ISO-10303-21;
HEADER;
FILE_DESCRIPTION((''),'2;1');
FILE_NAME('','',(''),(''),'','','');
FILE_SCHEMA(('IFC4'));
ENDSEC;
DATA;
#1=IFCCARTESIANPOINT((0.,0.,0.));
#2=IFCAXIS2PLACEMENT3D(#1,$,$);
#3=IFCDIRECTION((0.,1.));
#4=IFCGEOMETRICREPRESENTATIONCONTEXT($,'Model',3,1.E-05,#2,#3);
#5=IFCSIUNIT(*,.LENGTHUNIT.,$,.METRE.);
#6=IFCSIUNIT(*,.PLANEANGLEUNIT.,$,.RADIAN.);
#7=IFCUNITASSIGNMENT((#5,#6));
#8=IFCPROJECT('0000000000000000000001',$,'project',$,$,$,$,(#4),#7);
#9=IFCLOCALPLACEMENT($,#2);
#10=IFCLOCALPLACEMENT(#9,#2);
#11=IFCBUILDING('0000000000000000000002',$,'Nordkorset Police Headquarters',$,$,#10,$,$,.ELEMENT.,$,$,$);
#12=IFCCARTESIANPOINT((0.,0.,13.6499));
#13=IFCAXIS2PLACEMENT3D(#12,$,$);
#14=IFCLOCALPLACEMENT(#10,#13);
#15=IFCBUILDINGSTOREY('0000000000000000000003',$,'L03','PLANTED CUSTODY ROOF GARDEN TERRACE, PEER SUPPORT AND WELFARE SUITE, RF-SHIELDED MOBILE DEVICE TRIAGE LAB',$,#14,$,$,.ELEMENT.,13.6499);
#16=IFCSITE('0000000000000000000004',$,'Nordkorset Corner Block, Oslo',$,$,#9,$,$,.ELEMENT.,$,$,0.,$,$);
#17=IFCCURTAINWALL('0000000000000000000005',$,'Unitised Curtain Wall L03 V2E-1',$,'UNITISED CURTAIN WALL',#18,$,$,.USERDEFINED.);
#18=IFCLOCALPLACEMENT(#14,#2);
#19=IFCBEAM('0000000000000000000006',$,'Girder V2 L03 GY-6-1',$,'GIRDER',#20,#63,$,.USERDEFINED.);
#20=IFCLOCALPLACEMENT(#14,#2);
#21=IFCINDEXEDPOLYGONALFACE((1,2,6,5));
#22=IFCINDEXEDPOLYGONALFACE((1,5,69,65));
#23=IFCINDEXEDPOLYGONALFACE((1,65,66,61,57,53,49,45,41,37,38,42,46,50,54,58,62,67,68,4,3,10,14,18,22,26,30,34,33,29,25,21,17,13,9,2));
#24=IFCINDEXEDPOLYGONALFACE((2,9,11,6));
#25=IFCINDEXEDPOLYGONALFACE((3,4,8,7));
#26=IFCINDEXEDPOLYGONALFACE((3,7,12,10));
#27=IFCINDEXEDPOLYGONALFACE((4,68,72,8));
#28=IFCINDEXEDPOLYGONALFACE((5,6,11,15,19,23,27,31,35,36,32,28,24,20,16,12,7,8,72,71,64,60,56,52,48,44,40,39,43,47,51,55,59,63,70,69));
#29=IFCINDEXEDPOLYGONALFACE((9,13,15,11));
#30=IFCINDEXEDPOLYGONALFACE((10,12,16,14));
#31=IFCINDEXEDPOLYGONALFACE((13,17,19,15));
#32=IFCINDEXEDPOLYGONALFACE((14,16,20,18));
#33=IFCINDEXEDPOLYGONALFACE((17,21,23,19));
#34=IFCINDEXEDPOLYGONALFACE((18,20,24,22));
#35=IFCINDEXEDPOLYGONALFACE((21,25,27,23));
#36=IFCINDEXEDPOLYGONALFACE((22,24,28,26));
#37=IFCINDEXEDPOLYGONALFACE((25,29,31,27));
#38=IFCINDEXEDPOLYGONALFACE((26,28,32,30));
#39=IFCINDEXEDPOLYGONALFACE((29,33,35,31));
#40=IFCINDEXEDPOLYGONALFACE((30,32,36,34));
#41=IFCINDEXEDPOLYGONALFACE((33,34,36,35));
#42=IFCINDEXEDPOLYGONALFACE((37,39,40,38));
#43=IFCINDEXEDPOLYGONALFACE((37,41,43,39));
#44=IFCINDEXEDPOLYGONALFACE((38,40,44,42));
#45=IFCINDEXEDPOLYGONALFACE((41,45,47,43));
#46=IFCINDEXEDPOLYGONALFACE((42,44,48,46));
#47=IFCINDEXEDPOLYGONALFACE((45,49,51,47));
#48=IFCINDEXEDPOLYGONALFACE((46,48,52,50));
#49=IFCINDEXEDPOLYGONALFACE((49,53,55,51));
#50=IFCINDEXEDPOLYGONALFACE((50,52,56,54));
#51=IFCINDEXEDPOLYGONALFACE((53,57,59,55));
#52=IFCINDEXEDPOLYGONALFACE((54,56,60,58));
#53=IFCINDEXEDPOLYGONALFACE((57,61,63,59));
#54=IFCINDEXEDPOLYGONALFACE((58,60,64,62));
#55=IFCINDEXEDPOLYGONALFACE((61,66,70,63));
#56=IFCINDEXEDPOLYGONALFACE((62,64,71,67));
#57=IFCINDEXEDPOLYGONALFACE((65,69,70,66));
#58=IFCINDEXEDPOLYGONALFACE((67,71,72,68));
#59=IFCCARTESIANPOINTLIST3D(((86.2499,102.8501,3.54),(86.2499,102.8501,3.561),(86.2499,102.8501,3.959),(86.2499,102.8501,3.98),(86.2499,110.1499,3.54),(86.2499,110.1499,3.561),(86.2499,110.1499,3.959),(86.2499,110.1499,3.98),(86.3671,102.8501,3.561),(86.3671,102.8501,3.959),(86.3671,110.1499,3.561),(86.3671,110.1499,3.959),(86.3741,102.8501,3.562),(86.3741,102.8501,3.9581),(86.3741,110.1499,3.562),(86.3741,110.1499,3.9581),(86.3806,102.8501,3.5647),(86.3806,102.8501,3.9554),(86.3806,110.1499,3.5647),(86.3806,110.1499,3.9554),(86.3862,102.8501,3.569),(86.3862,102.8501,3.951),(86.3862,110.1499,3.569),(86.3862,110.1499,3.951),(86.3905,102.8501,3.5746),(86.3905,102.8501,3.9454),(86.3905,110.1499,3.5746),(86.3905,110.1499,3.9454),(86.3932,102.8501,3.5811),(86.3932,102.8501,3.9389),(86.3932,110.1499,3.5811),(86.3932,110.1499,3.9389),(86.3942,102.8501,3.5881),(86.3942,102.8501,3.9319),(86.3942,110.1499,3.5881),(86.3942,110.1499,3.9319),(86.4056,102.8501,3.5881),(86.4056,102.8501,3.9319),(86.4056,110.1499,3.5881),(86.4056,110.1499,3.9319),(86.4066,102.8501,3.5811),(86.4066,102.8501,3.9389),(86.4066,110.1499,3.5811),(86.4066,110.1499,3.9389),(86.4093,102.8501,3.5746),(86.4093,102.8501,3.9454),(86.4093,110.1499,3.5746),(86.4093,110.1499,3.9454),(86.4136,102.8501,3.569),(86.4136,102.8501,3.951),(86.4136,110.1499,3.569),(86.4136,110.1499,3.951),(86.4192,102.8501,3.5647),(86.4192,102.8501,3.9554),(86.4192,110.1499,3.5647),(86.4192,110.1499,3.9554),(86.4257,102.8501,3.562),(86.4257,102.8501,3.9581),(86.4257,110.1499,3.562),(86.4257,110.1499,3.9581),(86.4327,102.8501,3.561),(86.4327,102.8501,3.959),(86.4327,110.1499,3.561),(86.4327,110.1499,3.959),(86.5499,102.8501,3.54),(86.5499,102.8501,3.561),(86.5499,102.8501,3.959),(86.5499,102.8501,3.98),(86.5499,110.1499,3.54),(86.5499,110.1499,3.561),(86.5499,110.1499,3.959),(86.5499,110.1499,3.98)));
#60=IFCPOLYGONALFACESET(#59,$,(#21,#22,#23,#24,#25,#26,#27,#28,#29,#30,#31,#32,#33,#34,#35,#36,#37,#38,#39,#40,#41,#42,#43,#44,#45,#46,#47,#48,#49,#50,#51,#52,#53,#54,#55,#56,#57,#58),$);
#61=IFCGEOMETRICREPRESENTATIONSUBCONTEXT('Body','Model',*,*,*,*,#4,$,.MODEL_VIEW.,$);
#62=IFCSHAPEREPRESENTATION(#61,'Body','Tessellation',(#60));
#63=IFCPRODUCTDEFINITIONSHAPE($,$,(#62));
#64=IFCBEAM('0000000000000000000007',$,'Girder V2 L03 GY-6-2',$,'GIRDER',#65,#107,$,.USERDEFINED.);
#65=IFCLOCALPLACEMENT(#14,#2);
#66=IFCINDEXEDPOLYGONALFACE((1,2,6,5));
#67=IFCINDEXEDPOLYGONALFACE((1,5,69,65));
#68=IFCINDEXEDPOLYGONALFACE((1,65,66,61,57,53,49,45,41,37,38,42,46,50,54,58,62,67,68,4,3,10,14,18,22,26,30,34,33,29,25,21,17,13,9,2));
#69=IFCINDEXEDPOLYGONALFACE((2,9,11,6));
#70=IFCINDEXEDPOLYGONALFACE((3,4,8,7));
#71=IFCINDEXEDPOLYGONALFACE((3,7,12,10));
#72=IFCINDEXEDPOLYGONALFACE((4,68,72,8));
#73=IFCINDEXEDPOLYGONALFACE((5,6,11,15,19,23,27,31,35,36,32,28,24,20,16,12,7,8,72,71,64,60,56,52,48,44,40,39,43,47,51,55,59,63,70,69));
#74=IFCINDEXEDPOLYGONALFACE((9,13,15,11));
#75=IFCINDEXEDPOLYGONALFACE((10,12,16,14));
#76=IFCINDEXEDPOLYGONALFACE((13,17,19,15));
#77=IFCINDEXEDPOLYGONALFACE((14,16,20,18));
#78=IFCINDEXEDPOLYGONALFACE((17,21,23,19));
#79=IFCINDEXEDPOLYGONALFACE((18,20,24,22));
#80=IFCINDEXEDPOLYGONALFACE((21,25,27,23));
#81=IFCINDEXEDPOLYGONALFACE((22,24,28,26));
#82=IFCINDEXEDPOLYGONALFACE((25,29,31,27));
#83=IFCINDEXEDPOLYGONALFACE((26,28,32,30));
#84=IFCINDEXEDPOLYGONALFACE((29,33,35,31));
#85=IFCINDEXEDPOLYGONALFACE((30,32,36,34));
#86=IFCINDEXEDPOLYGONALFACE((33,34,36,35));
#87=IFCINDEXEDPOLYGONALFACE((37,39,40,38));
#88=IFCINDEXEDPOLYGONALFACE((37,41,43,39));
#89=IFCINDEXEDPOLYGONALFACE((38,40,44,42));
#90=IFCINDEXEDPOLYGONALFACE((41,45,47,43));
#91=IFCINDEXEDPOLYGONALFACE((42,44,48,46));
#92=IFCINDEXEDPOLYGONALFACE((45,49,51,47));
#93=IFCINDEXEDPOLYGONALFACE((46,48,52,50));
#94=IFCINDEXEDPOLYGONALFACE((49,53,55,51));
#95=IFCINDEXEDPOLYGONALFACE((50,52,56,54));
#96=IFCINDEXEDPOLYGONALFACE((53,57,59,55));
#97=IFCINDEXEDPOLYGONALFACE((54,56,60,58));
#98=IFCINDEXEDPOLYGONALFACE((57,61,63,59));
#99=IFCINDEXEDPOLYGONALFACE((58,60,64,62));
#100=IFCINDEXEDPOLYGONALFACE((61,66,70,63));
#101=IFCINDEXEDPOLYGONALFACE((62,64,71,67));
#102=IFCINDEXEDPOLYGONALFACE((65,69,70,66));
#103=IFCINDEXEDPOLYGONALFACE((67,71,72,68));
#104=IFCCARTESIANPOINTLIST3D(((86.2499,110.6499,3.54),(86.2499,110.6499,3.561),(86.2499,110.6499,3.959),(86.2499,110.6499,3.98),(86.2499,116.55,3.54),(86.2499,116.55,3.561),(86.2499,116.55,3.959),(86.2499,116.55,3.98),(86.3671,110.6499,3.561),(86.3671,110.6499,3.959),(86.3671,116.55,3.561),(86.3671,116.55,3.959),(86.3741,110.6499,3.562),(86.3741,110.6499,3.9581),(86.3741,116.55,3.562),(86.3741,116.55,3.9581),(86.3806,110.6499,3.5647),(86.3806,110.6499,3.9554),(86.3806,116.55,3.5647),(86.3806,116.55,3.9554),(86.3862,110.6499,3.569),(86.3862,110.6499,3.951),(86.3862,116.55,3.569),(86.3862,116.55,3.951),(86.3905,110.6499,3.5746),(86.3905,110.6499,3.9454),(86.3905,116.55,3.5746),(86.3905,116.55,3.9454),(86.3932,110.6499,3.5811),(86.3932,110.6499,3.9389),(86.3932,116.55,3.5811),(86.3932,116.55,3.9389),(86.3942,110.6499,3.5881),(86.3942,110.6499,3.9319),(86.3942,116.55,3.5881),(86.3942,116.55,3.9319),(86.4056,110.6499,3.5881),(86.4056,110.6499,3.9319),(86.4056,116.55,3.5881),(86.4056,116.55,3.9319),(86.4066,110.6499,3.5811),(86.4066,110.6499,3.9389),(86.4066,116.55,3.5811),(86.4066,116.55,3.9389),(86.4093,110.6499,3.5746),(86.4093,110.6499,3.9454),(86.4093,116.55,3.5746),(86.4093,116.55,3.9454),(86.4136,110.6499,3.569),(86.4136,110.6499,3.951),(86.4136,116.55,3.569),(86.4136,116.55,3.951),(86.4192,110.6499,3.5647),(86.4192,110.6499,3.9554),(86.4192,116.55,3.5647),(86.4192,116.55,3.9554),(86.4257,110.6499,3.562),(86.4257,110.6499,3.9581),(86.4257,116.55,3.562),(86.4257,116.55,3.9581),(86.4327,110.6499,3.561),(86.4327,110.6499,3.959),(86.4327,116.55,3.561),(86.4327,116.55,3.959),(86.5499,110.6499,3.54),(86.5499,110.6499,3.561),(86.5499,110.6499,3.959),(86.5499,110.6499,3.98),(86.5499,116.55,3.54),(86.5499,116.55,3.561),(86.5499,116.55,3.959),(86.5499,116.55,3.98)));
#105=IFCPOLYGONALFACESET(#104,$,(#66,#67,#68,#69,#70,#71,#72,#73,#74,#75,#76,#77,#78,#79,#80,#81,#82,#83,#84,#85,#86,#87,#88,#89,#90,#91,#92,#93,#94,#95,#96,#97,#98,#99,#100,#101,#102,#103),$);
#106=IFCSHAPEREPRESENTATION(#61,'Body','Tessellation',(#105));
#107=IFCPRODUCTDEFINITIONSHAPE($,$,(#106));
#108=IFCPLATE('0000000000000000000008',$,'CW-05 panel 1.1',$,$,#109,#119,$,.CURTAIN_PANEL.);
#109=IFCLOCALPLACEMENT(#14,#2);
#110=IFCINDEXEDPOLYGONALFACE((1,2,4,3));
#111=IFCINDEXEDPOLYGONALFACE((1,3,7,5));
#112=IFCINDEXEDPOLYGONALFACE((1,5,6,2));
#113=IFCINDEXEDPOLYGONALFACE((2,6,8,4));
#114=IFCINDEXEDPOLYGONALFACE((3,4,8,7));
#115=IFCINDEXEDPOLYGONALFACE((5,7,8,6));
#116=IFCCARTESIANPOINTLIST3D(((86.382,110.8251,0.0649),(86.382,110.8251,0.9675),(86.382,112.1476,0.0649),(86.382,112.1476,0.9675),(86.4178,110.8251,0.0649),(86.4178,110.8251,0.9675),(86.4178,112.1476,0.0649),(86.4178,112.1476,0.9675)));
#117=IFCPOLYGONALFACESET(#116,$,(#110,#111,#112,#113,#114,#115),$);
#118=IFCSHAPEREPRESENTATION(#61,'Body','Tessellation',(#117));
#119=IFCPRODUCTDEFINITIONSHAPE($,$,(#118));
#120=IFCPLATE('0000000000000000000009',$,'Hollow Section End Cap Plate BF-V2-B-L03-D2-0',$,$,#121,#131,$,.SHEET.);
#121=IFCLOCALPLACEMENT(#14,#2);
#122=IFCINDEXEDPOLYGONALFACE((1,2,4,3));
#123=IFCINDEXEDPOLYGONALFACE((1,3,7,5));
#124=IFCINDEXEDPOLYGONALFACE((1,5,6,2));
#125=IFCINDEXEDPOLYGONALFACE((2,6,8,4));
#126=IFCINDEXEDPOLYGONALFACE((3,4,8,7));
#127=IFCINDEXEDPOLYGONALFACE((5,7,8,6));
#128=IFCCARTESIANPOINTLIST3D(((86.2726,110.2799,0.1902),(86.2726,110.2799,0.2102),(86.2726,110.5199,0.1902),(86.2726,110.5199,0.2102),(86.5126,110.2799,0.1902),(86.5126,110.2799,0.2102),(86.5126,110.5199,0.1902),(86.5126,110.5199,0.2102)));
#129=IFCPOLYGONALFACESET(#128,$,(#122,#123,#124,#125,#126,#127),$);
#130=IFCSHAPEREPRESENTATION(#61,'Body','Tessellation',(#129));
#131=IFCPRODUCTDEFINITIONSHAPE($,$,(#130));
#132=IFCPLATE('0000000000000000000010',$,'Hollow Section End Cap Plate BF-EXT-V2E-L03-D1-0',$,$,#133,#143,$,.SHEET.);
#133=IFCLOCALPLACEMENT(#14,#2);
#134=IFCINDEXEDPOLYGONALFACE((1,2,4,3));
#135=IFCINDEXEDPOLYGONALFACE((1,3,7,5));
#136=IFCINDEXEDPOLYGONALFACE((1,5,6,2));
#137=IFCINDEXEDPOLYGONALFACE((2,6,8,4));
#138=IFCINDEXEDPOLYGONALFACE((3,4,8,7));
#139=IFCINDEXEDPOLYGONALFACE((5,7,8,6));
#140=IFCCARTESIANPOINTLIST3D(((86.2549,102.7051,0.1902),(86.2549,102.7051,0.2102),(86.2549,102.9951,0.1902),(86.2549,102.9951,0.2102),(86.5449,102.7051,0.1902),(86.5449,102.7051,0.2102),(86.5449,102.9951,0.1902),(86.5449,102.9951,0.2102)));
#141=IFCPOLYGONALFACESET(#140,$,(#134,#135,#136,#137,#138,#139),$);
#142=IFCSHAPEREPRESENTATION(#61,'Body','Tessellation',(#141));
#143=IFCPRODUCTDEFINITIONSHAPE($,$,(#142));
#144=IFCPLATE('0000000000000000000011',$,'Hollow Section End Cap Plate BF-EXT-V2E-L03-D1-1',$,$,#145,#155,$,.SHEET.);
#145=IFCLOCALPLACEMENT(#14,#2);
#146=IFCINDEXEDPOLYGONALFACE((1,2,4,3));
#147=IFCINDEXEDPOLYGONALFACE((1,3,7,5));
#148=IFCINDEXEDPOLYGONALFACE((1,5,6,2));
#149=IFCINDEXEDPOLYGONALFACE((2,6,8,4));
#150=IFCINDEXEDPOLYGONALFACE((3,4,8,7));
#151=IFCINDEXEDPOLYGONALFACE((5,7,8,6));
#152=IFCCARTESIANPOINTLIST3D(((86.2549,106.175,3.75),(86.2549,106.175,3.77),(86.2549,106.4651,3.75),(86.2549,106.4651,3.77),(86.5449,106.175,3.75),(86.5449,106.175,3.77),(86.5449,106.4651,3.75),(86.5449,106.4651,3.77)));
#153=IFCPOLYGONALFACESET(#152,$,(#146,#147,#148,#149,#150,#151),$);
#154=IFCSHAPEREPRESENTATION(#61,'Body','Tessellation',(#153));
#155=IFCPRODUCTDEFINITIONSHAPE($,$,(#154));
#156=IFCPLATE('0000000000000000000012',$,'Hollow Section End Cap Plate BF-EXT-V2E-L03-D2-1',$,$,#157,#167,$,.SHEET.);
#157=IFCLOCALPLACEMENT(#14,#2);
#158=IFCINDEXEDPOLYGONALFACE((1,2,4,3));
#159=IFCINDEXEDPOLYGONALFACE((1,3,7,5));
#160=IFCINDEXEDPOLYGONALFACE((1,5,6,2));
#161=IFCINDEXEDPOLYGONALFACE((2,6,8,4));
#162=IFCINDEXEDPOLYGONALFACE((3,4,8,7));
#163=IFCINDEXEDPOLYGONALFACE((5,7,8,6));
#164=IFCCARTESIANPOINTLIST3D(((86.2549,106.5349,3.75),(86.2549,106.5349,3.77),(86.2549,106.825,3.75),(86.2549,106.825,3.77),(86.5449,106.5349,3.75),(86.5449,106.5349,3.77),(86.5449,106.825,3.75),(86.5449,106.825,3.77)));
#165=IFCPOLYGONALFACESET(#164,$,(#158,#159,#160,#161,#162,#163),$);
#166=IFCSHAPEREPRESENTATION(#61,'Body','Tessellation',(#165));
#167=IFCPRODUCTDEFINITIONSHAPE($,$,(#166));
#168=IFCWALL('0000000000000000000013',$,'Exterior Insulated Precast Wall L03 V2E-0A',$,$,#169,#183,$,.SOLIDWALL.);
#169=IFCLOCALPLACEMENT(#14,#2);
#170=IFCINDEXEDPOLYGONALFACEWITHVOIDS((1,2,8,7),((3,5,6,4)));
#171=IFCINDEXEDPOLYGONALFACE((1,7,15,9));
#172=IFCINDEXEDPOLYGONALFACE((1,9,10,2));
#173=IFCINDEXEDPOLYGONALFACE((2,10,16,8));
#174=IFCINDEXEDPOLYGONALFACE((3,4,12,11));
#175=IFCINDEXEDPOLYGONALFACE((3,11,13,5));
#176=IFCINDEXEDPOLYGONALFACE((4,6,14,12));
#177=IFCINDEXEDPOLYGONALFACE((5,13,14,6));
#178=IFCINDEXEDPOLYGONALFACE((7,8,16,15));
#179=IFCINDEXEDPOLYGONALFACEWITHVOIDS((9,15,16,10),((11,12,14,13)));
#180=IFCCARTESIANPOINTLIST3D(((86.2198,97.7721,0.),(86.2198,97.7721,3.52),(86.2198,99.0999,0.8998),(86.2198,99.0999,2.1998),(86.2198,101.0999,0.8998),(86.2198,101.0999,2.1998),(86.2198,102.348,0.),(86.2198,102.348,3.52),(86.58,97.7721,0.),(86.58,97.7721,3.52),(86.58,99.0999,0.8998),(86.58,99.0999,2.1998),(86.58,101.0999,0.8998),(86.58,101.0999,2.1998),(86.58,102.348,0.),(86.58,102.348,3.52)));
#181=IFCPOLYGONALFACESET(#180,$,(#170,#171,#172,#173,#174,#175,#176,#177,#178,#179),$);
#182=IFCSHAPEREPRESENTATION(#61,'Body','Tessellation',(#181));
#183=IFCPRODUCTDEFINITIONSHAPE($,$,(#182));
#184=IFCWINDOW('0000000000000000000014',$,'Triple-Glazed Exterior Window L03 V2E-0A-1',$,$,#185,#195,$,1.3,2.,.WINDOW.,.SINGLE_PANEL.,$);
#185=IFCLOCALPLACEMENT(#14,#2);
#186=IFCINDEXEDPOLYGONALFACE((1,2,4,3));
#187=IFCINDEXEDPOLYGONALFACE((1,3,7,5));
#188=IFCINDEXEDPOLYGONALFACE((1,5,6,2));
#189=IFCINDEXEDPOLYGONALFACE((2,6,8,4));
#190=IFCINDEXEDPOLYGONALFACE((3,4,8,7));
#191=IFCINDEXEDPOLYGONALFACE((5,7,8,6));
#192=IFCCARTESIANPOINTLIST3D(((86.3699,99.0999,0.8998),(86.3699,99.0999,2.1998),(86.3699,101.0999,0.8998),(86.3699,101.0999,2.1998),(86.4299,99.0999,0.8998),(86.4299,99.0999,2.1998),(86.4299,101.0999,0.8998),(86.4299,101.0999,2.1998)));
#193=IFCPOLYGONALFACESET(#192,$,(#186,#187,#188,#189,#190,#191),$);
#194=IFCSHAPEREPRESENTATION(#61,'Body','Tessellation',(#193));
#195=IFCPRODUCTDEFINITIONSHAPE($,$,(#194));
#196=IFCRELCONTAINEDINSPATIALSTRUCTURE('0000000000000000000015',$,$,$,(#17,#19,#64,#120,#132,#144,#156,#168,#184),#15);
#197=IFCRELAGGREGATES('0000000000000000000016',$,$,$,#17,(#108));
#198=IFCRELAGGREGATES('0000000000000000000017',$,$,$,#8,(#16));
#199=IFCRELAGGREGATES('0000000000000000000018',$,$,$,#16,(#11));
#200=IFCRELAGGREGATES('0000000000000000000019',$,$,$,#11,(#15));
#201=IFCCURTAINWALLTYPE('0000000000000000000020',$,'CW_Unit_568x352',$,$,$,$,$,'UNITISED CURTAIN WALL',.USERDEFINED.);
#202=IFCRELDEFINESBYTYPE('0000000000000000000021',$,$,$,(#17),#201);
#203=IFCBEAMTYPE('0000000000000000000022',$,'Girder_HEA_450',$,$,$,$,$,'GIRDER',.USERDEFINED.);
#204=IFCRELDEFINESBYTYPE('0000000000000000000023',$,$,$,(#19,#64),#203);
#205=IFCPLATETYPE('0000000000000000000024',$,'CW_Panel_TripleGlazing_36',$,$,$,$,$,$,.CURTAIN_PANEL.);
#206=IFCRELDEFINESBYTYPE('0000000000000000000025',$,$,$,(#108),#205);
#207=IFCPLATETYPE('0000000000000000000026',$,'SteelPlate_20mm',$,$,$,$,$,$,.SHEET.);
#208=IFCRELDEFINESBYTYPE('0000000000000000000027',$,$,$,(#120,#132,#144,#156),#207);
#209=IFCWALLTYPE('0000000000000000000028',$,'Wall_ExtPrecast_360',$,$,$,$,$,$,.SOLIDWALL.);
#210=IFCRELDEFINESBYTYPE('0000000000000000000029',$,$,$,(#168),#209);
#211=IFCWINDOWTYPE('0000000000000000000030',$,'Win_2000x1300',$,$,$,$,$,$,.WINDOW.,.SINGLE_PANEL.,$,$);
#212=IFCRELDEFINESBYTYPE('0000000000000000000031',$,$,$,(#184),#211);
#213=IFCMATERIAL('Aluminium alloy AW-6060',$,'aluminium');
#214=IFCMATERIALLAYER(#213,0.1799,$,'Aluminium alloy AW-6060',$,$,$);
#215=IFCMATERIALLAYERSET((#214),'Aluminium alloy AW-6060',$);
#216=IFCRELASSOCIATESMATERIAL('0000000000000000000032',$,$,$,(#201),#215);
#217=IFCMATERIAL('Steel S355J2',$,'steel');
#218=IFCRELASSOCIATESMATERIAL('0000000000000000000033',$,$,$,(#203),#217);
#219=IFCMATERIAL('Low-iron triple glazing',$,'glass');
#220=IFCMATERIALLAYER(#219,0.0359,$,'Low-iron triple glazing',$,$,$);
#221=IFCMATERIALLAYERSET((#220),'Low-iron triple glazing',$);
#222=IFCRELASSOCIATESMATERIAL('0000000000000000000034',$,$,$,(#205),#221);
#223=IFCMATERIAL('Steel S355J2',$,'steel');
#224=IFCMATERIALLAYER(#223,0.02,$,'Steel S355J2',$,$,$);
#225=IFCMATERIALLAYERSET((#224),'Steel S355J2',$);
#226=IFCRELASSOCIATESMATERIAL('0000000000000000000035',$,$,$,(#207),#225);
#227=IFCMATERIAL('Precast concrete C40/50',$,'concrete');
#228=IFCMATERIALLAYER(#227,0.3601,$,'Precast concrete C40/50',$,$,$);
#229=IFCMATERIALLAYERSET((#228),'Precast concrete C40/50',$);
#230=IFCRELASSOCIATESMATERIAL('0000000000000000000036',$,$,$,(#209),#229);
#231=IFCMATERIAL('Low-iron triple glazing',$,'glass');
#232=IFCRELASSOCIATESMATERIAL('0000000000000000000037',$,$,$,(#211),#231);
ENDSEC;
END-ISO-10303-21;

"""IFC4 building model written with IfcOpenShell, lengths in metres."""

from ifc_helpers import new_model, si_unit, direction, frame, frame_2d, origin, origin_2d, place, context, subcontext, project, spatial, rectangle, i_section, extrude, material, layer, layer_set, material_profile, profile_set, type_object, element, fill, aggregate, save


model = new_model("IFC4")

# Units and contexts
model_context = context("Model", 3, precision=1e-05, world=origin(), true_north=direction((0.0, 1.0)))
body_context = subcontext(model_context, "Body", "Model", "MODEL_VIEW")
ifc_project = project(units=[si_unit("LENGTHUNIT", "METRE"), si_unit("PLANEANGLEUNIT", "RADIAN")], contexts=[model_context])

# Site, building, storey
site_placement = place(None, origin())
site = spatial("IfcSite", under=ifc_project, at=site_placement, Name="Nordkorset Corner Block, Oslo", CompositionType="ELEMENT", RefElevation=0.0)
building_placement = place(site_placement, origin())
building = spatial("IfcBuilding", under=site, at=building_placement, Name="Nordkorset Police Headquarters", CompositionType="ELEMENT")
storey_placement = place(building_placement, frame((0.0, 0.0, 13.6499)))
storey = spatial("IfcBuildingStorey", under=building, at=storey_placement, Name="L03", Description="PLANTED CUSTODY ROOF GARDEN TERRACE, PEER SUPPORT AND WELFARE SUITE, RF-SHIELDED MOBILE DEVICE TRIAGE LAB", CompositionType="ELEMENT", Elevation=13.6499)

# Curtain wall
ifc_material_1 = material(Name="Aluminium alloy AW-6060", Category="aluminium")
ifc_layer_1 = layer(ifc_material_1, 0.1799, Name="Aluminium alloy AW-6060")
ifc_layer_set_1 = layer_set([ifc_layer_1], Name="Aluminium alloy AW-6060")
curtain_wall_type = type_object("IfcCurtainWallType", Name="CW_Unit_568x352", ElementType="UNITISED CURTAIN WALL", PredefinedType="USERDEFINED", material=ifc_layer_set_1)
curtain_wall_placement = place(storey_placement, origin())
curtain_wall = element("IfcCurtainWall", 1, at=curtain_wall_placement, inside=storey, type_object=curtain_wall_type, Name="Unitised Curtain Wall L03 V2E-1", ObjectType="UNITISED CURTAIN WALL", PredefinedType="USERDEFINED")

# Beams
ifc_material_2 = material(Name="Steel S355J2", Category="steel")
ifc_material_profile_1 = material_profile(ifc_material_2, i_section(OverallWidth=0.3, OverallDepth=0.4399, WebThickness=0.0115, FlangeThickness=0.021, FilletRadius=0.0271, at=origin_2d()), Name="HEA 450")
ifc_profile_set_1 = profile_set([ifc_material_profile_1], Name="Steel S355J2")
beam_type = type_object("IfcBeamType", Name="Girder_HEA_450", ElementType="GIRDER", PredefinedType="USERDEFINED", material=ifc_profile_set_1)
beam_1_placement = place(storey_placement, frame((86.3999, 102.8501, 3.76), z_axis=(0.0, 1.0, 0.0), x_axis=(-1.0, 0.0, 0.0)))
element("IfcBeam", 2, at=beam_1_placement, inside=storey, type_object=beam_type, Name="Girder V2 L03 GY-6-1", ObjectType="GIRDER", PredefinedType="USERDEFINED", context=body_context, shape_type="SweptSolid", body=[
    extrude(i_section(OverallWidth=0.3, OverallDepth=0.4399, WebThickness=0.0115, FlangeThickness=0.021, FilletRadius=0.0271, at=origin_2d()), origin(), (0.0, 0.0, 1.0), 7.2998),
])
beam_2_placement = place(storey_placement, frame((86.3999, 110.6499, 3.76), z_axis=(0.0, 1.0, 0.0), x_axis=(-1.0, 0.0, 0.0)))
element("IfcBeam", 3, at=beam_2_placement, inside=storey, type_object=beam_type, Name="Girder V2 L03 GY-6-2", ObjectType="GIRDER", PredefinedType="USERDEFINED", context=body_context, shape_type="SweptSolid", body=[
    extrude(i_section(OverallWidth=0.3, OverallDepth=0.4399, WebThickness=0.0115, FlangeThickness=0.021, FilletRadius=0.0271, at=origin_2d()), origin(), (0.0, 0.0, 1.0), 5.9001),
])

# Plate
ifc_material_3 = material(Name="Low-iron triple glazing", Category="glass")
ifc_layer_2 = layer(ifc_material_3, 0.0359, Name="Low-iron triple glazing")
ifc_layer_set_2 = layer_set([ifc_layer_2], Name="Low-iron triple glazing")
plate_type_1 = type_object("IfcPlateType", Name="CW_Panel_TripleGlazing_36", PredefinedType="CURTAIN_PANEL", material=ifc_layer_set_2)
plate_1_placement = place(storey_placement, frame((86.3999, 111.4863, 0.0649), z_axis=(0.0, 0.0, 1.0), x_axis=(0.0, 1.0, 0.0)))
plate_1 = element("IfcPlate", 4, at=plate_1_placement, type_object=plate_type_1, Name="CW-05 panel 1.1", PredefinedType="CURTAIN_PANEL", context=body_context, shape_type="SweptSolid", body=[
    extrude(rectangle(XDim=1.3225, YDim=0.0359, at=origin_2d()), origin(), (0.0, 0.0, 1.0), 0.9026),
])
aggregate(curtain_wall, [plate_1])

# Plates
ifc_material_4 = material(Name="Steel S355J2", Category="steel")
ifc_layer_3 = layer(ifc_material_4, 0.02, Name="Steel S355J2")
ifc_layer_set_3 = layer_set([ifc_layer_3], Name="Steel S355J2")
plate_type_2 = type_object("IfcPlateType", Name="SteelPlate_20mm", PredefinedType="SHEET", material=ifc_layer_set_3)
plate_2_placement = place(storey_placement, frame((86.3926, 110.3999, 0.1902), z_axis=(0.0, 0.0, 1.0), x_axis=(1.0, 0.0, 0.0)))
element("IfcPlate", 5, at=plate_2_placement, inside=storey, type_object=plate_type_2, Name="Hollow Section End Cap Plate BF-V2-B-L03-D2-0", PredefinedType="SHEET", context=body_context, shape_type="SweptSolid", body=[
    extrude(rectangle(XDim=0.24, YDim=0.24, at=origin_2d()), origin(), (0.0, 0.0, 1.0), 0.02),
])
for number, where, z_axis, x_axis, name in (
    (6, (86.3999, 102.8501, 0.1902), (0.0, 0.0, 1.0), (1.0, 0.0, 0.0), "Hollow Section End Cap Plate BF-EXT-V2E-L03-D1-0"),
    (7, (86.3999, 106.3201, 3.75), (0.0, 0.0, 1.0), (1.0, 0.0, 0.0), "Hollow Section End Cap Plate BF-EXT-V2E-L03-D1-1"),
    (8, (86.3999, 106.6799, 3.75), (0.0, 0.0, 1.0), (1.0, 0.0, 0.0), "Hollow Section End Cap Plate BF-EXT-V2E-L03-D2-1"),
):
    element("IfcPlate", number, at=place(storey_placement, frame(where, z_axis=z_axis, x_axis=x_axis)), inside=storey, type_object=plate_type_2, Name=name, PredefinedType="SHEET", context=body_context, shape_type="SweptSolid", body=[
        extrude(rectangle(XDim=0.29, YDim=0.29, at=origin_2d()), origin(), (0.0, 0.0, 1.0), 0.02),
    ])

# Wall, opening, window
ifc_material_5 = material(Name="Precast concrete C40/50", Category="concrete")
ifc_layer_4 = layer(ifc_material_5, 0.3601, Name="Precast concrete C40/50")
ifc_layer_set_4 = layer_set([ifc_layer_4], Name="Precast concrete C40/50")
wall_type_1 = type_object("IfcWallType", Name="Wall_ExtPrecast_360", PredefinedType="SOLIDWALL", material=ifc_layer_set_4)
wall_1_placement = place(storey_placement, frame((86.3999, 97.772, 0.0), z_axis=(0.0, 0.0, 1.0), x_axis=(0.0, 1.0, 0.0)))
wall_1 = element("IfcWall", 9, at=wall_1_placement, inside=storey, type_object=wall_type_1, Name="Exterior Insulated Precast Wall L03 V2E-0A", PredefinedType="SOLIDWALL", context=body_context, shape_type="SweptSolid", body=[
    extrude(rectangle(XDim=4.5759, YDim=0.3601, at=frame_2d((2.2881, 0.0))), origin(), (0.0, 0.0, 1.0), 3.52),
])
opening_placement = place(wall_1_placement, frame((1.3279, 0.0, 0.8999)))
opening = element("IfcOpeningElement", 10, at=opening_placement, cuts=wall_1, PredefinedType="OPENING", context=body_context, shape_type="SweptSolid", body=[
    extrude(rectangle(XDim=2.0, YDim=1.3, at=frame_2d((1.0, 0.6499))), frame((0.0, 0.1899, 0.0), z_axis=(0.0, -1.0, 0.0), x_axis=(1.0, 0.0, 0.0)), (0.0, 0.0, 1.0), 0.3801),
])
ifc_material_6 = material(Name="Low-iron triple glazing", Category="glass")
window_type = type_object("IfcWindowType", Name="Win_2000x1300", PartitioningType="SINGLE_PANEL", PredefinedType="WINDOW", material=ifc_material_6)
window_placement = place(opening_placement, origin())
window = element("IfcWindow", 11, at=window_placement, inside=storey, type_object=window_type, Name="Triple-Glazed Exterior Window L03 V2E-0A-1", OverallHeight=1.3, OverallWidth=2.0, PartitioningType="SINGLE_PANEL", PredefinedType="WINDOW", context=body_context, shape_type="SweptSolid", body=[
    extrude(rectangle(XDim=2.0, YDim=1.3, at=frame_2d((1.0, 0.6499))), frame((0.0, 0.03, 0.0), z_axis=(0.0, -1.0, 0.0), x_axis=(1.0, 0.0, 0.0)), (0.0, 0.0, 1.0), 0.0601),
])
fill(opening, window)

save(model, "model.ifc")
